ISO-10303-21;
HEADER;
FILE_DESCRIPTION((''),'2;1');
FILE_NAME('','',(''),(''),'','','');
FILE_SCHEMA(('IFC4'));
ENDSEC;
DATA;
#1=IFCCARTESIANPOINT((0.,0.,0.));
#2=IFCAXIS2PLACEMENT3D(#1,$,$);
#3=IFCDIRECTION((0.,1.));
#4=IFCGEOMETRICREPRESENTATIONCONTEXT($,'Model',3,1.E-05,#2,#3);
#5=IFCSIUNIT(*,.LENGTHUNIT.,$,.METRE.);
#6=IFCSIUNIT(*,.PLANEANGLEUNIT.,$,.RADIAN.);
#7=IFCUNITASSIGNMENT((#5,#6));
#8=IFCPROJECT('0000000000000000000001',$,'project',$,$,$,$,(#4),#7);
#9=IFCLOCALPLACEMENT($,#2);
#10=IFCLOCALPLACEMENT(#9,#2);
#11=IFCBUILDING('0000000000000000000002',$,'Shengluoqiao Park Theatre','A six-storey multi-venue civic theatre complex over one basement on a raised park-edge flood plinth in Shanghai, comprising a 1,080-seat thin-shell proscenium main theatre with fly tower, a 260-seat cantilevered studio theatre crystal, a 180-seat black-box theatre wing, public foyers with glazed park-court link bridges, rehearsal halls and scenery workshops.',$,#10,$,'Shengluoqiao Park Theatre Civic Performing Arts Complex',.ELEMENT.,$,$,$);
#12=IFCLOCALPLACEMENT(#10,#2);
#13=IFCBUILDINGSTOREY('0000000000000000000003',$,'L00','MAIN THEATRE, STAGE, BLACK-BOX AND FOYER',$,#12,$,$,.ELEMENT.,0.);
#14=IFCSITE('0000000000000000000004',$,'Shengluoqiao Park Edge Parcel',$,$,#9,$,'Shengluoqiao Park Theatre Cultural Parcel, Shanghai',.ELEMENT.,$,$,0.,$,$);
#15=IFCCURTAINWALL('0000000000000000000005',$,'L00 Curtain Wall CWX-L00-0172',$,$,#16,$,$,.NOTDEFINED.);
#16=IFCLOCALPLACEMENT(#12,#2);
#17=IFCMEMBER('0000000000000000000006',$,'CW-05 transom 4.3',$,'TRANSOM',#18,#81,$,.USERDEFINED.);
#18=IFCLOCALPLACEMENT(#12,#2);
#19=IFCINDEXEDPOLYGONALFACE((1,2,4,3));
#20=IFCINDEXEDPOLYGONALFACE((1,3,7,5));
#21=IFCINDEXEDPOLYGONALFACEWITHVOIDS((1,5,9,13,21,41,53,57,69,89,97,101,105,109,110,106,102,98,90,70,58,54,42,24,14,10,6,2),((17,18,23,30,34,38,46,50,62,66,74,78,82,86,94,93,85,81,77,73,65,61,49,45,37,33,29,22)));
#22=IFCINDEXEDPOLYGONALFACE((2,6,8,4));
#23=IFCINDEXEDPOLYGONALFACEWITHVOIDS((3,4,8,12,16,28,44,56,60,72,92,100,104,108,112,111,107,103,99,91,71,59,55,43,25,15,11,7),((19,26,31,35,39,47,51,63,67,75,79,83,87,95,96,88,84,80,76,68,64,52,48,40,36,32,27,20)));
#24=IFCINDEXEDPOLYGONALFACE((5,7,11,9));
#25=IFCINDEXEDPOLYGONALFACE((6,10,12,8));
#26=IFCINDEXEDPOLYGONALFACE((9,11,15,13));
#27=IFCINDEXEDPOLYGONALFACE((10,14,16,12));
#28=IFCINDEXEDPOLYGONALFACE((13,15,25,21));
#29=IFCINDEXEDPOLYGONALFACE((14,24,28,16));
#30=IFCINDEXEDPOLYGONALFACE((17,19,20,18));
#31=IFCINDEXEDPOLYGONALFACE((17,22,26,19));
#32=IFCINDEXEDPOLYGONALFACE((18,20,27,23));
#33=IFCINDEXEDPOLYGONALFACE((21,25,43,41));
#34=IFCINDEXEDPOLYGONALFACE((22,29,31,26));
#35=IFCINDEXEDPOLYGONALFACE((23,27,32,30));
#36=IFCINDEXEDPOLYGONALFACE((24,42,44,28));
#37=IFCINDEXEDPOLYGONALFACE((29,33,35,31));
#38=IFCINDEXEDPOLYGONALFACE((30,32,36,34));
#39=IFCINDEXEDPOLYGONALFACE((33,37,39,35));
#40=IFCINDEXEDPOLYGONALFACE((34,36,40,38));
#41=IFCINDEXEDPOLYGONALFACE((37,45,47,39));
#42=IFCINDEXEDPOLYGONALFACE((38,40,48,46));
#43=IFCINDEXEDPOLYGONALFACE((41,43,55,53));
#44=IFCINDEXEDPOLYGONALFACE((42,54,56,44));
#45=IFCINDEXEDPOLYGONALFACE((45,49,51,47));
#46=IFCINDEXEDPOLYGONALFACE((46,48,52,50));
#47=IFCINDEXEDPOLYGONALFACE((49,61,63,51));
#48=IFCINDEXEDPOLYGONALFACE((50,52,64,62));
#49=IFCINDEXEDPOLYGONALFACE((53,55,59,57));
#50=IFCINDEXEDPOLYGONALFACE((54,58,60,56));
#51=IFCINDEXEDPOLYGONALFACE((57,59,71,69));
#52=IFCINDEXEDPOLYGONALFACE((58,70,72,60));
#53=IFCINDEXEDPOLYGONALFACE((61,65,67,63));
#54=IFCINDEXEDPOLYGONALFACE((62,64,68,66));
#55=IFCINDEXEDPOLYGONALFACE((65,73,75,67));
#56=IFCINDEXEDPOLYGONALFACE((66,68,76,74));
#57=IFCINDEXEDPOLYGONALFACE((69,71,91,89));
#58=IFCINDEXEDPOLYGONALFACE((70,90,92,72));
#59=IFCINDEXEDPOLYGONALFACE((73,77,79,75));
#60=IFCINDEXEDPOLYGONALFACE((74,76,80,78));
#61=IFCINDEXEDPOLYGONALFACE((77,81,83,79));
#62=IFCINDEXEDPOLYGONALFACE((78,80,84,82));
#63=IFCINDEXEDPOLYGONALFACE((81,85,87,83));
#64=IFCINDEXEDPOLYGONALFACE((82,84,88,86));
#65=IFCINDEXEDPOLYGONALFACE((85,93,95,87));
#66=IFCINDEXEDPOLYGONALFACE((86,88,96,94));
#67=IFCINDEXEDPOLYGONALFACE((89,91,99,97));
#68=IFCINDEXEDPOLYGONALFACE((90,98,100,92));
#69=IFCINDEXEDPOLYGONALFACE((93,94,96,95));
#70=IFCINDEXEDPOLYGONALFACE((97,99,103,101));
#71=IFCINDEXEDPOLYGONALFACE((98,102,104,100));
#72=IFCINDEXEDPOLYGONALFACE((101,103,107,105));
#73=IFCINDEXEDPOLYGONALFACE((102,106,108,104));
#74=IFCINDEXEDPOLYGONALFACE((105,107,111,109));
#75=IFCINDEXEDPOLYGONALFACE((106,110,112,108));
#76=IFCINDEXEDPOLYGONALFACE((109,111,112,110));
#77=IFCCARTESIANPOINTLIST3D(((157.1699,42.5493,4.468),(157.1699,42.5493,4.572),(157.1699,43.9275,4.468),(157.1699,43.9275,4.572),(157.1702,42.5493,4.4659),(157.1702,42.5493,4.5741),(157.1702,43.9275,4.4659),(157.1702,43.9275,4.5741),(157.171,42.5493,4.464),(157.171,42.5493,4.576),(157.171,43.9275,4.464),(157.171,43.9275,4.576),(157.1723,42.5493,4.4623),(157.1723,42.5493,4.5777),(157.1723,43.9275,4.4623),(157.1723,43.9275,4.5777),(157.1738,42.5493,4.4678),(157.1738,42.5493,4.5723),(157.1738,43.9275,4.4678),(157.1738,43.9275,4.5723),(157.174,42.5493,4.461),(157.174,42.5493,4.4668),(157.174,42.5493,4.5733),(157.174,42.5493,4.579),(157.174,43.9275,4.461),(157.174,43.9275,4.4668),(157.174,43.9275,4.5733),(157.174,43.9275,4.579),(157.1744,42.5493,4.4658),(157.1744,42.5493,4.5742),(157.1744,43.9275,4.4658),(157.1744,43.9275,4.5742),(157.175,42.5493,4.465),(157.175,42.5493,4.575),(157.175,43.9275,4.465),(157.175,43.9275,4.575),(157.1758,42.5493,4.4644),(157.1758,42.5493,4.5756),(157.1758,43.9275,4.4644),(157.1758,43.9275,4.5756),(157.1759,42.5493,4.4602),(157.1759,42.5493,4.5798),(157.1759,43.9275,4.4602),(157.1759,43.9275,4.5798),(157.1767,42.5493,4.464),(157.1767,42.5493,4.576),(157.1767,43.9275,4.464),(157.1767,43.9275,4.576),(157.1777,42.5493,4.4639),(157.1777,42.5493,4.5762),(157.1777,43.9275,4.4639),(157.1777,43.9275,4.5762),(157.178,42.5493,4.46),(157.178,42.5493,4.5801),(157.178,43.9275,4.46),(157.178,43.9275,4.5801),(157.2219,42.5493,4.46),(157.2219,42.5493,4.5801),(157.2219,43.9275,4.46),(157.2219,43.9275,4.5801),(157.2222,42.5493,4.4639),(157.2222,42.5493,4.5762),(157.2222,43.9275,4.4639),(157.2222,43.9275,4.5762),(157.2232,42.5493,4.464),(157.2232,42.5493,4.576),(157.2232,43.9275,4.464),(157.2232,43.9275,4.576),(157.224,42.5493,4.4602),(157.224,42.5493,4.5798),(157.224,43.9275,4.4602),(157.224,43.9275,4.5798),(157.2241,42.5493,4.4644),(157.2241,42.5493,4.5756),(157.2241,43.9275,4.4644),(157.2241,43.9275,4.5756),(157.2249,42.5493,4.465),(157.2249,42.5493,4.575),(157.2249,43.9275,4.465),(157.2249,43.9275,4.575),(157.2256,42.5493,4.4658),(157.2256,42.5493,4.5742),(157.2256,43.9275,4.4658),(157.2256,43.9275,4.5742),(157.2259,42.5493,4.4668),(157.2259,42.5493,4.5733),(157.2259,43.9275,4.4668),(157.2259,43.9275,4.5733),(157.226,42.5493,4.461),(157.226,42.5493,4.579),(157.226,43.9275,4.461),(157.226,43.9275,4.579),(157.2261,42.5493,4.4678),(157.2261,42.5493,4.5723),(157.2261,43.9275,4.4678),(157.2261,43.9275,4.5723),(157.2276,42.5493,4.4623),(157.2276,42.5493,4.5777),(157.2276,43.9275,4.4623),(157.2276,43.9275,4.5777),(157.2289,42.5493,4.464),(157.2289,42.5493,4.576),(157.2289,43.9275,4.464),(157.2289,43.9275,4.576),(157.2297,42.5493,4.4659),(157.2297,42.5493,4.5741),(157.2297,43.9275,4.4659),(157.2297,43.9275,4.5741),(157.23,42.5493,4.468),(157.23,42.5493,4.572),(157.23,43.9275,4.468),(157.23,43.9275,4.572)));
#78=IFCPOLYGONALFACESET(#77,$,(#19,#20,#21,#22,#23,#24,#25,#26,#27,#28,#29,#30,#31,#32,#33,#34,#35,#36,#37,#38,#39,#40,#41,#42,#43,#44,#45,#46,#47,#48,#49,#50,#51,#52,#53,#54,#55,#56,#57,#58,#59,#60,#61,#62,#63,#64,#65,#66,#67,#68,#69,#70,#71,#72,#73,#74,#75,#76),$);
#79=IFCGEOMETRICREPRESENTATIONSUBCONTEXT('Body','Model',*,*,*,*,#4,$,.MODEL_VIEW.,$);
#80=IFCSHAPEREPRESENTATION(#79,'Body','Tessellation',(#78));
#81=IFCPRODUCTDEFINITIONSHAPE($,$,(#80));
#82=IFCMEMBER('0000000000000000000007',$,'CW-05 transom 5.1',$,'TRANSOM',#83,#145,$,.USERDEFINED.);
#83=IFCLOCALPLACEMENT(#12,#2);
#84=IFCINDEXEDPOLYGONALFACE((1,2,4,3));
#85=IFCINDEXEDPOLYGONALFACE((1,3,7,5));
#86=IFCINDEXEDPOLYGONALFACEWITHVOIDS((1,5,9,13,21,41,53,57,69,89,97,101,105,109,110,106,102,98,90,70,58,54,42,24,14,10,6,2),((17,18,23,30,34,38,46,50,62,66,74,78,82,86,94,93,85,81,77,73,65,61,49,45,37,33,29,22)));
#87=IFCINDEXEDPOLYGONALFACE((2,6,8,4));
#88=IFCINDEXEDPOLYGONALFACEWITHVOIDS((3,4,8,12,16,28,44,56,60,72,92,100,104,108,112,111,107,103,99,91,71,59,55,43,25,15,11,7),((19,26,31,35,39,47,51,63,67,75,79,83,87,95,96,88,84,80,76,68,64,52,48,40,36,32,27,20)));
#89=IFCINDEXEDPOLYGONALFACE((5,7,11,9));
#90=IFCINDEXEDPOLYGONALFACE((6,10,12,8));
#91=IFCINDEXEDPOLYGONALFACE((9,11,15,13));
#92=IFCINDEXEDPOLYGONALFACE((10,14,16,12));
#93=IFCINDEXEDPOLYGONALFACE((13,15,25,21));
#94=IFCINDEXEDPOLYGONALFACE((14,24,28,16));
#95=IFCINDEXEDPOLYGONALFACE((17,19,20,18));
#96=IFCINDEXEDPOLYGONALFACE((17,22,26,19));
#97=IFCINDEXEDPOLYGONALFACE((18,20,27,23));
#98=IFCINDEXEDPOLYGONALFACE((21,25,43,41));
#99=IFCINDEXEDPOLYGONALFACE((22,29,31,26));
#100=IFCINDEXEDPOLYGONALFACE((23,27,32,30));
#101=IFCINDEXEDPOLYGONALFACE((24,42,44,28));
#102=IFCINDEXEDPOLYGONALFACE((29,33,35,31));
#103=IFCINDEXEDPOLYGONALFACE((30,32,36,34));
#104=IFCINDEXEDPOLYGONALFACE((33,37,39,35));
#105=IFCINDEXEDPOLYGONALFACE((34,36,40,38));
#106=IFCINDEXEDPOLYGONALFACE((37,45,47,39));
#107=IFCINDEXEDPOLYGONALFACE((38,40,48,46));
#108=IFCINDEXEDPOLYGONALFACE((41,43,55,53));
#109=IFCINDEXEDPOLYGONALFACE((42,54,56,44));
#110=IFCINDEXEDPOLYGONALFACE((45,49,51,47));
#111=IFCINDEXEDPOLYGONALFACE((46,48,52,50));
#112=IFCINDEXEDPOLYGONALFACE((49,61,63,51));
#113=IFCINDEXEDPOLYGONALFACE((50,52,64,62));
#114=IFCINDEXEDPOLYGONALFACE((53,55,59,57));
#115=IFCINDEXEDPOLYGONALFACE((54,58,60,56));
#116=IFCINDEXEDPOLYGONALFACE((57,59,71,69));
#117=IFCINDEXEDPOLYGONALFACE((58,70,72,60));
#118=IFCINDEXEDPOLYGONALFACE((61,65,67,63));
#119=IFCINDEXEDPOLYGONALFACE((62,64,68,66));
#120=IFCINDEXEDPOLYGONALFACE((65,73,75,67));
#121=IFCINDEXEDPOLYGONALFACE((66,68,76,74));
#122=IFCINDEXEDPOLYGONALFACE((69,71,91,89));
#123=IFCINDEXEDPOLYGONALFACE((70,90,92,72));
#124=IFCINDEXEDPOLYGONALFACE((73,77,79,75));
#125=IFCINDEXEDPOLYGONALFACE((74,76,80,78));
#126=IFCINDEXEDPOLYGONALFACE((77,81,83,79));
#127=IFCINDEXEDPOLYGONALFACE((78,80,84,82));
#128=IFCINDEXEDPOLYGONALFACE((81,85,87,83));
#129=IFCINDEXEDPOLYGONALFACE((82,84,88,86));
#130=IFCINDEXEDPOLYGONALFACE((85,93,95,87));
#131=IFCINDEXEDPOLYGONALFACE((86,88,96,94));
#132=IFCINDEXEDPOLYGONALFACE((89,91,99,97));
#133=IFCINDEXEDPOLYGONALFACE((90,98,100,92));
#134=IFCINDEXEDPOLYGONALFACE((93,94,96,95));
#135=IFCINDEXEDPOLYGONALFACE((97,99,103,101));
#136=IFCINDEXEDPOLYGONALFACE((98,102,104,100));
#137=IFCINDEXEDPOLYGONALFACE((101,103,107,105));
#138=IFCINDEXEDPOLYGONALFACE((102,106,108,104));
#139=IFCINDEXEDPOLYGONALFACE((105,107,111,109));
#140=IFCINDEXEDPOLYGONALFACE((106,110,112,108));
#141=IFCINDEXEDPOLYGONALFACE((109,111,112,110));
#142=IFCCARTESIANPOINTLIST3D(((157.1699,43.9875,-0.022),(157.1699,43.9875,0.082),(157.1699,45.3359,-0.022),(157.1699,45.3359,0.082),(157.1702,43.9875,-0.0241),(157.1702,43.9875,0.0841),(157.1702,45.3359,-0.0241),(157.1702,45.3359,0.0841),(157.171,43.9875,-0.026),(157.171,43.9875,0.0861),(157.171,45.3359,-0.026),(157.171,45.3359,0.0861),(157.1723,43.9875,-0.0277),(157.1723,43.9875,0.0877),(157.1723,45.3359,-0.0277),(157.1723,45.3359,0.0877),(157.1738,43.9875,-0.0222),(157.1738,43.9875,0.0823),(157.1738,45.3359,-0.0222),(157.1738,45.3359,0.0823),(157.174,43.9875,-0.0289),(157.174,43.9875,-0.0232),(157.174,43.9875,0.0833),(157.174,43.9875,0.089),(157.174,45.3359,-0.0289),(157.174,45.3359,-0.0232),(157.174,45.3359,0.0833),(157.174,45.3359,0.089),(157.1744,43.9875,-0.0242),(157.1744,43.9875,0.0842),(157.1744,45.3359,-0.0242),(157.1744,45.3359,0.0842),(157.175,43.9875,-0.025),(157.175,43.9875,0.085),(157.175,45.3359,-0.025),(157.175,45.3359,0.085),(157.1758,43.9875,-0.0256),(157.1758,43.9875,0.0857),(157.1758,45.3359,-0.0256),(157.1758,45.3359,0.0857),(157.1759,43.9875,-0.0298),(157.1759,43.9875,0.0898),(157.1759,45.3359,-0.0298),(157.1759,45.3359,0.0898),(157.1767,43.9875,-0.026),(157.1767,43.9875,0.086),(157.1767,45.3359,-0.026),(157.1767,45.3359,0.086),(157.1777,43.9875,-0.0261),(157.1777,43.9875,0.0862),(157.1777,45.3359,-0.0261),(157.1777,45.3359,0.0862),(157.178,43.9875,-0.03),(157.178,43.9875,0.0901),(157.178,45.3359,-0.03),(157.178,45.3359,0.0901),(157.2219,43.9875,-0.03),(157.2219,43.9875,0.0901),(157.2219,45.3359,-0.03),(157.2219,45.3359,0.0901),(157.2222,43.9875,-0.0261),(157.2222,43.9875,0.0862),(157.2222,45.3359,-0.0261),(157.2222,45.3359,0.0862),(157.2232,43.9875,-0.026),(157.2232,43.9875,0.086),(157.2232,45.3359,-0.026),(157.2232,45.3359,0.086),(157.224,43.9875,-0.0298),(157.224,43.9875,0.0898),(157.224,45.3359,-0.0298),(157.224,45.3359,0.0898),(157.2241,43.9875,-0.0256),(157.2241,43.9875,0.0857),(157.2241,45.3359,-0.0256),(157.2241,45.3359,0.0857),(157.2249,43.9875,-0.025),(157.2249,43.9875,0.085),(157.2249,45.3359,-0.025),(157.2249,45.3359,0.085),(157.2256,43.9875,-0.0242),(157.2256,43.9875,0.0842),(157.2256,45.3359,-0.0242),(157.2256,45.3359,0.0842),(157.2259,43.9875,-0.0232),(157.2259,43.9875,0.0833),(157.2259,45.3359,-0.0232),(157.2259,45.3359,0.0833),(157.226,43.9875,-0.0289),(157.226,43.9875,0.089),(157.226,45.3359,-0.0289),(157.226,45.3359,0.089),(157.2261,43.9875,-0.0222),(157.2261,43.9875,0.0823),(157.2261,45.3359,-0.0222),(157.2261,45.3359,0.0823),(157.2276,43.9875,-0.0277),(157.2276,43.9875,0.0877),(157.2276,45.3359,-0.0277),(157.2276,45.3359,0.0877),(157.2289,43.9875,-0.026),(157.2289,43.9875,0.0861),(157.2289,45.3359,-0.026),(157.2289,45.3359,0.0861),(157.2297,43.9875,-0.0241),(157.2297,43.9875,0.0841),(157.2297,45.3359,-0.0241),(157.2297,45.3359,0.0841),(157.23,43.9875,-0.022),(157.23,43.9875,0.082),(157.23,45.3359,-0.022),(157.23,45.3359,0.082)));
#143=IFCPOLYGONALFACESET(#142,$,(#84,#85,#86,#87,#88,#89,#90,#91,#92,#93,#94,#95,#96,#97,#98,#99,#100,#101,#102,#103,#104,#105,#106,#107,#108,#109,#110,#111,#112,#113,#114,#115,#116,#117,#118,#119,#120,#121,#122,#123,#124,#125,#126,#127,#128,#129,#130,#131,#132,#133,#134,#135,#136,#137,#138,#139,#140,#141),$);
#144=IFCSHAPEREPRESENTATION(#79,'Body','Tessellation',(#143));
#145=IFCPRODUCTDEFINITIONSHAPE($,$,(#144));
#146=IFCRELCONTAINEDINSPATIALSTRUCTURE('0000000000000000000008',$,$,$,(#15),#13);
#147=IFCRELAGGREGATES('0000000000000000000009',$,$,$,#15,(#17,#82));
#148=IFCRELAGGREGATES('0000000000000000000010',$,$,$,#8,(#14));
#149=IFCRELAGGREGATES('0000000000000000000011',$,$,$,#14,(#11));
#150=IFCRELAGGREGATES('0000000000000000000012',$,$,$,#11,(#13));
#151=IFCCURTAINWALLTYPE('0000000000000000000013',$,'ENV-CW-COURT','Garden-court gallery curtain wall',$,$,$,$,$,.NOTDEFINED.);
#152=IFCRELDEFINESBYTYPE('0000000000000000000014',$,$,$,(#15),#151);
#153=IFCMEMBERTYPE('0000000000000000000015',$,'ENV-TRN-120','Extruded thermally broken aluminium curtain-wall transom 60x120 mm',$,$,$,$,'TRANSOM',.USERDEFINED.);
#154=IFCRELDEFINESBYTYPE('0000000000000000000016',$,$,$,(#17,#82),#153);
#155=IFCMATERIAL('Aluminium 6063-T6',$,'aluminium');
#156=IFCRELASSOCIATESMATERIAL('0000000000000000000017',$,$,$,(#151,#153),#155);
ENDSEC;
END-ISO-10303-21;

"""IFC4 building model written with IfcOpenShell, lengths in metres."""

from ifc_helpers import new_model, si_unit, direction, frame, origin, origin_2d, place, context, subcontext, project, spatial, hollow_rectangle, extrude, material, material_profile, profile_set, type_object, element, aggregate, save


model = new_model("IFC4")

# Units and contexts
model_context = context("Model", 3, precision=1e-05, world=origin(), true_north=direction((0.0, 1.0)))
body_context = subcontext(model_context, "Body", "Model", "MODEL_VIEW")
ifc_project = project(units=[si_unit("LENGTHUNIT", "METRE"), si_unit("PLANEANGLEUNIT", "RADIAN")], contexts=[model_context])

# Site, building, storey
site_placement = place(None, origin())
site = spatial("IfcSite", under=ifc_project, at=site_placement, Name="Shengluoqiao Park Edge Parcel", LongName="Shengluoqiao Park Theatre Cultural Parcel, Shanghai", CompositionType="ELEMENT", RefElevation=0.0)
building_placement = place(site_placement, origin())
building = spatial("IfcBuilding", under=site, at=building_placement, Name="Shengluoqiao Park Theatre", Description="A six-storey multi-venue civic theatre complex over one basement on a raised park-edge flood plinth in Shanghai, comprising a 1,080-seat thin-shell proscenium main theatre with fly tower, a 260-seat cantilevered studio theatre crystal, a 180-seat black-box theatre wing, public foyers with glazed park-court link bridges, rehearsal halls and scenery workshops.", LongName="Shengluoqiao Park Theatre Civic Performing Arts Complex", CompositionType="ELEMENT")
storey_placement = place(building_placement, origin())
storey = spatial("IfcBuildingStorey", under=building, at=storey_placement, Name="L00", Description="MAIN THEATRE, STAGE, BLACK-BOX AND FOYER", CompositionType="ELEMENT", Elevation=0.0)

# Curtain wall
ifc_material_1 = material(Name="Aluminium 6063-T6", Category="aluminium")
curtain_wall_type = type_object("IfcCurtainWallType", Name="ENV-CW-COURT", Description="Garden-court gallery curtain wall", PredefinedType="NOTDEFINED", material=ifc_material_1)
curtain_wall_1_placement = place(storey_placement, origin())
curtain_wall_1 = element("IfcCurtainWall", 1, at=curtain_wall_1_placement, inside=storey, type_object=curtain_wall_type, Name="L00 Curtain Wall CWX-L00-0172", PredefinedType="NOTDEFINED")

# Members
ifc_material_profile_1 = material_profile(ifc_material_1, hollow_rectangle(XDim=0.0601, YDim=0.1201, WallThickness=0.0039, InnerFilletRadius=0.0039, OuterFilletRadius=0.0081, at=origin_2d()), Name="ALU TRANSOM 120x60x4")
ifc_profile_set_1 = profile_set([ifc_material_profile_1], Name="Aluminium 6063-T6")
member_type_1 = type_object("IfcMemberType", Name="ENV-TRN-120", Description="Extruded thermally broken aluminium curtain-wall transom 60x120 mm", ElementType="TRANSOM", PredefinedType="USERDEFINED", material=ifc_profile_set_1)
member_1_placement = place(storey_placement, frame((157.2, 42.5493, 4.52), z_axis=(0.0, 1.0, 0.0), x_axis=(-1.0, 0.0, 0.0)))
member_1 = element("IfcMember", 2, at=member_1_placement, type_object=member_type_1, Name="CW-05 transom 4.3", ObjectType="TRANSOM", PredefinedType="USERDEFINED", context=body_context, shape_type="SweptSolid", body=[
    extrude(hollow_rectangle(XDim=0.0601, YDim=0.1201, WallThickness=0.0039, InnerFilletRadius=0.0039, OuterFilletRadius=0.0081, at=origin_2d()), origin(), (0.0, 0.0, 1.0), 1.3782),
])
member_2_placement = place(storey_placement, frame((157.2, 43.9875, 0.03), z_axis=(0.0, 1.0, 0.0), x_axis=(-1.0, 0.0, 0.0)))
member_2 = element("IfcMember", 3, at=member_2_placement, type_object=member_type_1, Name="CW-05 transom 5.1", ObjectType="TRANSOM", PredefinedType="USERDEFINED", context=body_context, shape_type="SweptSolid", body=[
    extrude(hollow_rectangle(XDim=0.0601, YDim=0.1201, WallThickness=0.0039, InnerFilletRadius=0.0039, OuterFilletRadius=0.0081, at=origin_2d()), origin(), (0.0, 0.0, 1.0), 1.3484),
])

aggregate(curtain_wall_1, [member_1, member_2])

save(model, "model.ifc")
